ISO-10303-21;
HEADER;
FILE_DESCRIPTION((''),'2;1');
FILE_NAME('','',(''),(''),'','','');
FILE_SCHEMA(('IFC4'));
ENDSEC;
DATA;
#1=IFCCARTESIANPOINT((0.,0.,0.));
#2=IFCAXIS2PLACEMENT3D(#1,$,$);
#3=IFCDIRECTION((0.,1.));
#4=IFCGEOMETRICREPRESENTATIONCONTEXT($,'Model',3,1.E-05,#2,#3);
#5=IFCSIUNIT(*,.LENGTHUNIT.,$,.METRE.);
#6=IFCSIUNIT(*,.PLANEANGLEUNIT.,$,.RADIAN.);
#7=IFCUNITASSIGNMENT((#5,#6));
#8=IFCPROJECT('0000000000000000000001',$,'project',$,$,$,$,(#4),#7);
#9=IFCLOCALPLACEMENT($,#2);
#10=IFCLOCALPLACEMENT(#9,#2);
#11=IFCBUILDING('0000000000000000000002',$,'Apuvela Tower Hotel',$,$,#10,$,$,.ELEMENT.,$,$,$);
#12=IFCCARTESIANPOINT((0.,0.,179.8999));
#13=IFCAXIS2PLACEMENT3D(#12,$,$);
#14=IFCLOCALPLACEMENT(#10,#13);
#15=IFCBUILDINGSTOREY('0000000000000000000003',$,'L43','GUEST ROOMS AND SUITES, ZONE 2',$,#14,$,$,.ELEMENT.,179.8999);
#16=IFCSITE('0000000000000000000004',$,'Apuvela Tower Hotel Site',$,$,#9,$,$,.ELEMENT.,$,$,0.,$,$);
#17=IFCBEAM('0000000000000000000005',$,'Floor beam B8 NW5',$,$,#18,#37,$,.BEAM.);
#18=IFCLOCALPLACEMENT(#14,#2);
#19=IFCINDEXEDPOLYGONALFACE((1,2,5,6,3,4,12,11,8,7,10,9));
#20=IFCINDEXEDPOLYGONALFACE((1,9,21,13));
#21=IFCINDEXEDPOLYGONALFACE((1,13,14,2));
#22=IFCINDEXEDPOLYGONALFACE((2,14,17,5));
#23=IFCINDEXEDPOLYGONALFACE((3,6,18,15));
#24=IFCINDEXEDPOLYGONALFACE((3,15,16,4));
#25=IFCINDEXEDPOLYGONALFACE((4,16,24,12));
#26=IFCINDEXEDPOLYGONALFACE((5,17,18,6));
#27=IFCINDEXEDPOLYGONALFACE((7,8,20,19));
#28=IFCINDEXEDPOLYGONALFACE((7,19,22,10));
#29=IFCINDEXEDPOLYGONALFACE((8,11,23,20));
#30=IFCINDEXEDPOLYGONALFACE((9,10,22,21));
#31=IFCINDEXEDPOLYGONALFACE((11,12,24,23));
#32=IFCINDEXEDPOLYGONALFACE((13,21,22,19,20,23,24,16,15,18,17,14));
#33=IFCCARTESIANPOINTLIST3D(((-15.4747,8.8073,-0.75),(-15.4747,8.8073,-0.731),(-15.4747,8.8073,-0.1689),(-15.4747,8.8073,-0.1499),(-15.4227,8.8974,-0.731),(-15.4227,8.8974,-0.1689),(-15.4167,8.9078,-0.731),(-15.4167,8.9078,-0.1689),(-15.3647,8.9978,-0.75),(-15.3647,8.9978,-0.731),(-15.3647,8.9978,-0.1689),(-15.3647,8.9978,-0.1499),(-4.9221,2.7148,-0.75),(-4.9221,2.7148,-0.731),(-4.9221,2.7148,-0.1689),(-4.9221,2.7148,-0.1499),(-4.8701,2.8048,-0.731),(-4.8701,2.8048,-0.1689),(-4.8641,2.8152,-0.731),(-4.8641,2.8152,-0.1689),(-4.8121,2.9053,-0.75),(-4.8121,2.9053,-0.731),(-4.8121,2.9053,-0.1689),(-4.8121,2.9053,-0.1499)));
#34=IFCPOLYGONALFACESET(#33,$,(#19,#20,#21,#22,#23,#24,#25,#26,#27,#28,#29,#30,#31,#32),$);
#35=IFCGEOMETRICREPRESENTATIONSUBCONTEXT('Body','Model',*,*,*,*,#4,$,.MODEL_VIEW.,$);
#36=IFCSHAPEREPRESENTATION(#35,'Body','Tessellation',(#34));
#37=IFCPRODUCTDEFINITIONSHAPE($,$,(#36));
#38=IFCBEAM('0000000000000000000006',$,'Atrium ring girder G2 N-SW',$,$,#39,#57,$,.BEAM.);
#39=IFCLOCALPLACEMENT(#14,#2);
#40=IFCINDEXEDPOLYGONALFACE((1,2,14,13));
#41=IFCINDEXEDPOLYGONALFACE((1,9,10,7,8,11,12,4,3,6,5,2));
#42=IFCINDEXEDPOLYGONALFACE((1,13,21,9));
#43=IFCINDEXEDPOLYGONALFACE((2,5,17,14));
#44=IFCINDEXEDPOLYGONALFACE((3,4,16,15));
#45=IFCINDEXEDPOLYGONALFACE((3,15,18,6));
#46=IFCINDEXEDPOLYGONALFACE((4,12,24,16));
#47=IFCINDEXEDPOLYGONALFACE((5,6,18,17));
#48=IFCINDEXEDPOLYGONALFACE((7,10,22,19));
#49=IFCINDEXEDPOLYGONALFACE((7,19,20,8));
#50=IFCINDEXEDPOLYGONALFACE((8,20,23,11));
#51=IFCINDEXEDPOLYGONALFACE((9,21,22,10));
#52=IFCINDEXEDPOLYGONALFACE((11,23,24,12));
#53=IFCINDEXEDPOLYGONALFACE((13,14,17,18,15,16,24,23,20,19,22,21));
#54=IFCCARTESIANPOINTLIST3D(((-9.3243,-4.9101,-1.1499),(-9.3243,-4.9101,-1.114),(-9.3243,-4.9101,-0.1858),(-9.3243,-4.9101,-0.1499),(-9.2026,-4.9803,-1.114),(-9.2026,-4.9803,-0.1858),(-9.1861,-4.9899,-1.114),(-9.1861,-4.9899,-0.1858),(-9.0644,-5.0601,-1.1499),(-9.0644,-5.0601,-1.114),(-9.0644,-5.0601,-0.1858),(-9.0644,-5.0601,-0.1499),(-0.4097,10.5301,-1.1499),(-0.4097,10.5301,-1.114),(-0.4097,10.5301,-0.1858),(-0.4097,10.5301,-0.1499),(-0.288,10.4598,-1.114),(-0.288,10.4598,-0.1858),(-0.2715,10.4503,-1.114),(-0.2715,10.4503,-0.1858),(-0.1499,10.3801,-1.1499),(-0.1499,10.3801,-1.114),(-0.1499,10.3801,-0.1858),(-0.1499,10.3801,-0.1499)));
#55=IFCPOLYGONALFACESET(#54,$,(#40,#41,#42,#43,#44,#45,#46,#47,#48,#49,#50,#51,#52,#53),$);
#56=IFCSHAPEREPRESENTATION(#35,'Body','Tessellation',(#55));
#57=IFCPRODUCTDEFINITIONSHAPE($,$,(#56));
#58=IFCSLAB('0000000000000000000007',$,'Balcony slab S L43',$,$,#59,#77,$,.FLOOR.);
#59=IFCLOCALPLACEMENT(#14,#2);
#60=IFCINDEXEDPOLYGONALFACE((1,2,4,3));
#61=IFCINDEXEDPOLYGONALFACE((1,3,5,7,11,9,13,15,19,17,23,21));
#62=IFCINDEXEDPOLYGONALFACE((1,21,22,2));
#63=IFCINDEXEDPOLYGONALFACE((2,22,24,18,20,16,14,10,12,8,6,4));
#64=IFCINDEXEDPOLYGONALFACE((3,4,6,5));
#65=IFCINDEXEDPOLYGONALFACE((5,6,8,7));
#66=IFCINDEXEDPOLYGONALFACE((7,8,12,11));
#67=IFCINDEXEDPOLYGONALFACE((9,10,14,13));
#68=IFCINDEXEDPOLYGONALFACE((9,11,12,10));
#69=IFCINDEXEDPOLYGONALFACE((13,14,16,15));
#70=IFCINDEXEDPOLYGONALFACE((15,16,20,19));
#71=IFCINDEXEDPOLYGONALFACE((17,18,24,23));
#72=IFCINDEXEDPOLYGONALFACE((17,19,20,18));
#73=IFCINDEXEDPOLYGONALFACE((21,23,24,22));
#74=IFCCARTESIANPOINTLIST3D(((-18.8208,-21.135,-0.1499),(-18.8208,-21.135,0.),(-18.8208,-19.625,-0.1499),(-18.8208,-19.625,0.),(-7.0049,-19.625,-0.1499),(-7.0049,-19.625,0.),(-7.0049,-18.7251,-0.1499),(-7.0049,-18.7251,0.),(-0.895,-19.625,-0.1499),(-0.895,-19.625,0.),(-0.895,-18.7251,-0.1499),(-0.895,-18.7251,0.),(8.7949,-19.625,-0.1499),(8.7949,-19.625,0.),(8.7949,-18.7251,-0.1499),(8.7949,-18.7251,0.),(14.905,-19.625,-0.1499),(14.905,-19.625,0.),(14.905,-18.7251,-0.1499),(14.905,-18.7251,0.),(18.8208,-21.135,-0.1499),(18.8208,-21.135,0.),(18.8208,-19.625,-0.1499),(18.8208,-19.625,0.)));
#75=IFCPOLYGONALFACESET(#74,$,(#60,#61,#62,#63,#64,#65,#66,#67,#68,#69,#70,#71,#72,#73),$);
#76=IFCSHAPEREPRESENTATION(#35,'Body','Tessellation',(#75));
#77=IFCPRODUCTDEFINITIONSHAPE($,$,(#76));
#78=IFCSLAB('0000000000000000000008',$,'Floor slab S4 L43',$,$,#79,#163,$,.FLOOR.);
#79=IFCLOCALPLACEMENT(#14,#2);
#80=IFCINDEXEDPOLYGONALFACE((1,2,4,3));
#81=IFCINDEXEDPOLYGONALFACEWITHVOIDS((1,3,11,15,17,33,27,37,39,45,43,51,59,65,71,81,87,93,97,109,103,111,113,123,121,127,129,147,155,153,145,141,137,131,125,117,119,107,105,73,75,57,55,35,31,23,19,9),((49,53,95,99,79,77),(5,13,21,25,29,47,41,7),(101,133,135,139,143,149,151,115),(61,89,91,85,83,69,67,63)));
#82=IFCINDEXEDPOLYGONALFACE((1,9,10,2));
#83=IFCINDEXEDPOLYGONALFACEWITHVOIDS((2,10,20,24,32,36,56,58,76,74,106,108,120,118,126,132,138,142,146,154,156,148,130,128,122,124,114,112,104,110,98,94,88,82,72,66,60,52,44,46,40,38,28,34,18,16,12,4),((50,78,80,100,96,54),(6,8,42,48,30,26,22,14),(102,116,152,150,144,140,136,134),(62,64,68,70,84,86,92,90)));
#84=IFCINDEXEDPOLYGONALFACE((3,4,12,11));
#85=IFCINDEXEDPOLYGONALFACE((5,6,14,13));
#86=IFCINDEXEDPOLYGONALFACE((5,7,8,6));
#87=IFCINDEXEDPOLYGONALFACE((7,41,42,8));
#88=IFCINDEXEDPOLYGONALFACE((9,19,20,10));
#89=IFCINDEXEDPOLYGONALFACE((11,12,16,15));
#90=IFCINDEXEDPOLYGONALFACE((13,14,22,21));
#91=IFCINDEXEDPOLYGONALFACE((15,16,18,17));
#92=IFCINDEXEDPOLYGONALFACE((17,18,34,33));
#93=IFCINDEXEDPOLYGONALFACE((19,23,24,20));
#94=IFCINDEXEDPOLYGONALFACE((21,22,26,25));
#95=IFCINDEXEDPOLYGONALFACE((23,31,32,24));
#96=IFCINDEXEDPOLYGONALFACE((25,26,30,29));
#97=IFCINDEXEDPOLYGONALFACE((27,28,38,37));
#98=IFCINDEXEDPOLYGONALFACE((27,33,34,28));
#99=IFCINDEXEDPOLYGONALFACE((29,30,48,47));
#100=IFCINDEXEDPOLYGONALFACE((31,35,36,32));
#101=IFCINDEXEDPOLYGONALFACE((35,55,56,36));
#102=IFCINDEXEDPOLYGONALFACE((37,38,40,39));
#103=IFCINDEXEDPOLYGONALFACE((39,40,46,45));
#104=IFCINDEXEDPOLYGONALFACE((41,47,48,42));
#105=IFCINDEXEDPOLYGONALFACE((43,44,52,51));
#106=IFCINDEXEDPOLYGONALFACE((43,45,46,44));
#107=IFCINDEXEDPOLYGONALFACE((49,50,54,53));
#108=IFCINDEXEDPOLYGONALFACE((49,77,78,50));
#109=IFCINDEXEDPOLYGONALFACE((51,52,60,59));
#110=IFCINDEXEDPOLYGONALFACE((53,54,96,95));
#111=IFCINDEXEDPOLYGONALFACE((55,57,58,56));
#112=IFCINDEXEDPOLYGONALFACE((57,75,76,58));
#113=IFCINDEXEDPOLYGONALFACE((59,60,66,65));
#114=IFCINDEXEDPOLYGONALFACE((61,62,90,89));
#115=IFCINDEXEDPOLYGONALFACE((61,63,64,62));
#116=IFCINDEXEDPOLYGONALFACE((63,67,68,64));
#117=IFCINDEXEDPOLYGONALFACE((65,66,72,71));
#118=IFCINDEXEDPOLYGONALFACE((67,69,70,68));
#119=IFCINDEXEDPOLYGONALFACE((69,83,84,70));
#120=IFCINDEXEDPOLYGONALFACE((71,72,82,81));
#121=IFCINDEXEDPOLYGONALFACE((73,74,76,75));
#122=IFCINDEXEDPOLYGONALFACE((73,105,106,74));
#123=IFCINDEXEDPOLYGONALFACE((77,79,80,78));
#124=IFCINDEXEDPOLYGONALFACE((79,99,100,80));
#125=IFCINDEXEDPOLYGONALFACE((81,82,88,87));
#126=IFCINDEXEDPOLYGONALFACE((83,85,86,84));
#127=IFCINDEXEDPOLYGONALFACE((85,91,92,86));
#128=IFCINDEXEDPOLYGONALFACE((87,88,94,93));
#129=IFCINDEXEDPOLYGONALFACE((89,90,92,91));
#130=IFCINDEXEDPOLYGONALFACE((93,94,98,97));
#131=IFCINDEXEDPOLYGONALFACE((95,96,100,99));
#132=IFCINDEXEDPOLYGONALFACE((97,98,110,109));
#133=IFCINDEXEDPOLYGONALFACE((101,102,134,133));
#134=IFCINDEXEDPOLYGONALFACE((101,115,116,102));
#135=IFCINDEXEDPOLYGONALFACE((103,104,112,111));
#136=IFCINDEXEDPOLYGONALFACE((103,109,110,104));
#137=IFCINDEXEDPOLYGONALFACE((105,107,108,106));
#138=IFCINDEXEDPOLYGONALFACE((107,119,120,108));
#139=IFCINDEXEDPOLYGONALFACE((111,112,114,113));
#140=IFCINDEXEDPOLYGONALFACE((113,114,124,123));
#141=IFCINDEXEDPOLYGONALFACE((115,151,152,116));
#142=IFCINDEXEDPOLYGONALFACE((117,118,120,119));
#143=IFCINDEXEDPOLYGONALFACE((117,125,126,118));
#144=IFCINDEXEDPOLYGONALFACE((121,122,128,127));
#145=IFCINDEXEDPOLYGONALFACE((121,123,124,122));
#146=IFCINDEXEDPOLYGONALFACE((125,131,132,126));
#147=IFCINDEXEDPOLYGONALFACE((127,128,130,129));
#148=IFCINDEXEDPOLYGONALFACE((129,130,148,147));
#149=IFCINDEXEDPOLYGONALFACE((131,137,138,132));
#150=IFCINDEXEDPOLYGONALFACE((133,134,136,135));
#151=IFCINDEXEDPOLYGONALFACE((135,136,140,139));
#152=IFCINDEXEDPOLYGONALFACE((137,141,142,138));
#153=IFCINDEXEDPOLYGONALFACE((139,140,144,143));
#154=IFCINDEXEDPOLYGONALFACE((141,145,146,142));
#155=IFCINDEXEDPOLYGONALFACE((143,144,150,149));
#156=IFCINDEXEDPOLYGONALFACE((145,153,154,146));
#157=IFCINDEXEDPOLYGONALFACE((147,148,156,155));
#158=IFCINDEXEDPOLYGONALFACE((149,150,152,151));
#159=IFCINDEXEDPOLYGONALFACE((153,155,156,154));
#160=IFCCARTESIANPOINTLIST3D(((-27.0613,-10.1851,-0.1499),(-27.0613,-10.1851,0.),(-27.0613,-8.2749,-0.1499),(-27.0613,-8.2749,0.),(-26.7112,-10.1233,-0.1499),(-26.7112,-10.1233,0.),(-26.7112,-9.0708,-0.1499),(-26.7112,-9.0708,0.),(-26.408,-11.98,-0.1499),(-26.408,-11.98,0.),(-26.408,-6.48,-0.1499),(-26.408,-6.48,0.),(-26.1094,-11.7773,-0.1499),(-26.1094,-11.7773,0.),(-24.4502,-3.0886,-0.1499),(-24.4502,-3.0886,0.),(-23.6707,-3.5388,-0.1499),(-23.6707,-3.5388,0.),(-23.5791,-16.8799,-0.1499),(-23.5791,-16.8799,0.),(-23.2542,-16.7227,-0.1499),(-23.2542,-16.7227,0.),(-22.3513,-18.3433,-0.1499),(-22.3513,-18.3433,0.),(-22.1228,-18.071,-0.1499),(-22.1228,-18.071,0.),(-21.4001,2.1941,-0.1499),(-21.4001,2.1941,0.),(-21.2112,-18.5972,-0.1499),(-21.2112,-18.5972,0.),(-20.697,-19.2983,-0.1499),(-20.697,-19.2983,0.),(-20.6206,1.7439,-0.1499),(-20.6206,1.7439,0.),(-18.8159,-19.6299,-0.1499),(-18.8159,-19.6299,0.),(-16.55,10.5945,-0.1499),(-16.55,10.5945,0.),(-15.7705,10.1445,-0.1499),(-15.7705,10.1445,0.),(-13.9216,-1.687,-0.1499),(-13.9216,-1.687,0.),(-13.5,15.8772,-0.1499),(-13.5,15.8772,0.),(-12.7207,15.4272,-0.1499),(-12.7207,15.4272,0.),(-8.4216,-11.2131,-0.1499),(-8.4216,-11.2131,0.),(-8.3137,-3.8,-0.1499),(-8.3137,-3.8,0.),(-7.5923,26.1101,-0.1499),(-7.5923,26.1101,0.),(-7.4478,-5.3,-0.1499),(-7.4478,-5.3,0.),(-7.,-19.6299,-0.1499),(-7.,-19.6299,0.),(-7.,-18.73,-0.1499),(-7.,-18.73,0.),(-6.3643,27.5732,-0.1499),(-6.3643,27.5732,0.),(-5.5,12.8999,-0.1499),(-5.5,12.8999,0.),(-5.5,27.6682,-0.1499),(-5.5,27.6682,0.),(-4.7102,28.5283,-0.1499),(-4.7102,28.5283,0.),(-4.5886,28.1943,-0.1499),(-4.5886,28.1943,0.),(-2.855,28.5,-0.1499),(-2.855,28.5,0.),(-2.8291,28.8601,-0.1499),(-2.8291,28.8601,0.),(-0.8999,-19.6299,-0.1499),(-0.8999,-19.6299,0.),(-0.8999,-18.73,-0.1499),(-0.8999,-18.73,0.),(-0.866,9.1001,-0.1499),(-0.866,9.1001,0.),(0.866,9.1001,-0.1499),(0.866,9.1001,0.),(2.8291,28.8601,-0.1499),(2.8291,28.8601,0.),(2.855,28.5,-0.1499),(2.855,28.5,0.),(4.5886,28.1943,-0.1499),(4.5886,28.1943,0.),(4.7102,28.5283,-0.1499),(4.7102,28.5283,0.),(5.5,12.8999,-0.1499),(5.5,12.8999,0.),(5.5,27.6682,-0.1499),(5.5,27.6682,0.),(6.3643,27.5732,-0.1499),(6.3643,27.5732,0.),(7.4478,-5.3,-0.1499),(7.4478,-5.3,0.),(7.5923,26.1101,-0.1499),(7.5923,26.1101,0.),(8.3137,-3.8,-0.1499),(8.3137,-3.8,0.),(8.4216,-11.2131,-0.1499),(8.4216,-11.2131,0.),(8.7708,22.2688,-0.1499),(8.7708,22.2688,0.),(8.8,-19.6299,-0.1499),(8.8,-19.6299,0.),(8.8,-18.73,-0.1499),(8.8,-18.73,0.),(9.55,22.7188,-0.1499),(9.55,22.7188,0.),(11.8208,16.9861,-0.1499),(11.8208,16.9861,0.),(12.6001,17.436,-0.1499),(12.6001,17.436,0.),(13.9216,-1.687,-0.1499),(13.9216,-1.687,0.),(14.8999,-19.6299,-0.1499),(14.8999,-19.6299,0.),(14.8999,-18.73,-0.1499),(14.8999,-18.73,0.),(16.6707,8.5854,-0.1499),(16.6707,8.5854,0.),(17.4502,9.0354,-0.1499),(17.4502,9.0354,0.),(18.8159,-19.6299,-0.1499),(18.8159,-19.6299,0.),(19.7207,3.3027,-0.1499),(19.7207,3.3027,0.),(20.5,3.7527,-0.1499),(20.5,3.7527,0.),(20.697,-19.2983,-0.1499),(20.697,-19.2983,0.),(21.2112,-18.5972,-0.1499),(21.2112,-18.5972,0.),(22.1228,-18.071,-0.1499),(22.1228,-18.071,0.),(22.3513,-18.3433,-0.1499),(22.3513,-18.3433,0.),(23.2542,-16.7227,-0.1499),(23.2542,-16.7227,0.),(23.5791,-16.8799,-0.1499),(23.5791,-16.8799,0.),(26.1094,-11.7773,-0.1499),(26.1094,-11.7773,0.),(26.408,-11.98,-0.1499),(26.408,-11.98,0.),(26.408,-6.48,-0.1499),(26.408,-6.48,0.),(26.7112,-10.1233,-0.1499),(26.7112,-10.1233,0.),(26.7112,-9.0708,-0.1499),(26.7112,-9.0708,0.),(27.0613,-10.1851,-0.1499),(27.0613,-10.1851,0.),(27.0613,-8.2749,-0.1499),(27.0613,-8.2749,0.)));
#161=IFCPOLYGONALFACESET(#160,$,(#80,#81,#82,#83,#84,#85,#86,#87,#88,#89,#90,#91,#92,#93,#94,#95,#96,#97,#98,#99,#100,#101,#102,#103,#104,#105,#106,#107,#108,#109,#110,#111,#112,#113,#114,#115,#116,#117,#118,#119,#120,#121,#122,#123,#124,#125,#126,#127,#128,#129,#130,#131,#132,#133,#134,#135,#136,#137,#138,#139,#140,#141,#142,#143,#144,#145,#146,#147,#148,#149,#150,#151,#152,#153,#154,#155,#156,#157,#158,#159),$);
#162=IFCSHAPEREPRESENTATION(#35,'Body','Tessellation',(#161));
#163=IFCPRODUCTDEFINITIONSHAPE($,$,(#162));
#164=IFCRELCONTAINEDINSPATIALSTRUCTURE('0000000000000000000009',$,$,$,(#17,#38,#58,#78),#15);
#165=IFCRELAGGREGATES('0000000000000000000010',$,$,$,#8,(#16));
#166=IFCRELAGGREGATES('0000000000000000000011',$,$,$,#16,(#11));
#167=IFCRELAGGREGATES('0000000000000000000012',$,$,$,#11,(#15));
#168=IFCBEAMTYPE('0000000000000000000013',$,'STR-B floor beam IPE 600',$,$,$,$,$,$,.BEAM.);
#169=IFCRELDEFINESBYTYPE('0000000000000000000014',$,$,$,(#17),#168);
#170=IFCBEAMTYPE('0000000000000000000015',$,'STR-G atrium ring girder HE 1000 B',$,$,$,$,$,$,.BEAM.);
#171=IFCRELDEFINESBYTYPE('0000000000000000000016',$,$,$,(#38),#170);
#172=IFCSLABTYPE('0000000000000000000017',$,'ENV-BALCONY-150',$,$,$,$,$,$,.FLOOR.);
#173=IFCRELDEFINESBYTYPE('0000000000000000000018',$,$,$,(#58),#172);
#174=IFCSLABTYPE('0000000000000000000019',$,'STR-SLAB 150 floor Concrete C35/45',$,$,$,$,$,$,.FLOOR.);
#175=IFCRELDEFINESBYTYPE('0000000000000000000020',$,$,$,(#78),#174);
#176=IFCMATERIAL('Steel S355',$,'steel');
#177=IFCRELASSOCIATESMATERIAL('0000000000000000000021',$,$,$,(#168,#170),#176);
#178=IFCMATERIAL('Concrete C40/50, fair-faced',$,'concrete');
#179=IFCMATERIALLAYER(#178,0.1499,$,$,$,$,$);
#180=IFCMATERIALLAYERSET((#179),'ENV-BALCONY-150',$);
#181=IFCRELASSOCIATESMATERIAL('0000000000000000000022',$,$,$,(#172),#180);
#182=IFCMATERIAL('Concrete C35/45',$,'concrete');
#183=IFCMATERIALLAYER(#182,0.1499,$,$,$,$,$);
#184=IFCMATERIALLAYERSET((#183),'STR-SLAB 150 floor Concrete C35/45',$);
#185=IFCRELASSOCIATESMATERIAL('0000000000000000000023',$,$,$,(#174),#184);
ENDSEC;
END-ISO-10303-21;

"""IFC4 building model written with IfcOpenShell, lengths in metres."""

from ifc_helpers import new_model, si_unit, direction, frame, origin, origin_2d, place, context, subcontext, project, spatial, polyline, i_section, outline, extrude, material, layer, layer_set, material_profile, profile_set, type_object, element, save


model = new_model("IFC4")

# Units and contexts
model_context = context("Model", 3, precision=1e-05, world=origin(), true_north=direction((0.0, 1.0)))
body_context = subcontext(model_context, "Body", "Model", "MODEL_VIEW")
ifc_project = project(units=[si_unit("LENGTHUNIT", "METRE"), si_unit("PLANEANGLEUNIT", "RADIAN")], contexts=[model_context])

# Site, building, storey
site_placement = place(None, origin())
site = spatial("IfcSite", under=ifc_project, at=site_placement, Name="Apuvela Tower Hotel Site", CompositionType="ELEMENT", RefElevation=0.0)
building_placement = place(site_placement, origin())
building = spatial("IfcBuilding", under=site, at=building_placement, Name="Apuvela Tower Hotel", CompositionType="ELEMENT")
storey_placement = place(building_placement, frame((0.0, 0.0, 179.8999)))
storey = spatial("IfcBuildingStorey", under=building, at=storey_placement, Name="L43", Description="GUEST ROOMS AND SUITES, ZONE 2", CompositionType="ELEMENT", Elevation=179.8999)

# Beams
ifc_material_1 = material(Name="Steel S355", Category="steel")
ifc_material_profile_1 = material_profile(ifc_material_1, i_section(OverallWidth=0.22, OverallDepth=0.6001, WebThickness=0.012, FlangeThickness=0.019, at=origin_2d()), Name="IPE 600")
ifc_profile_set_1 = profile_set([ifc_material_profile_1], Name="Steel S355")
beam_type_1 = type_object("IfcBeamType", Name="STR-B floor beam IPE 600", PredefinedType="BEAM", material=ifc_profile_set_1)
beam_1_placement = place(storey_placement, frame((-15.4197, 8.9026, -0.45), z_axis=(0.866024, -0.500003, 0.0), x_axis=(0.500003, 0.866024, 0.0)))
element("IfcBeam", 1, at=beam_1_placement, inside=storey, type_object=beam_type_1, Name="Floor beam B8 NW5", PredefinedType="BEAM", context=body_context, shape_type="SweptSolid", body=[
    extrude(i_section(OverallWidth=0.22, OverallDepth=0.6001, WebThickness=0.012, FlangeThickness=0.019, at=origin_2d()), origin(), (0.0, 0.0, 1.0), 12.1851),
])
ifc_material_profile_2 = material_profile(ifc_material_1, i_section(OverallWidth=0.3, OverallDepth=1.0, WebThickness=0.019, FlangeThickness=0.0359, at=origin_2d()), Name="HE 1000 B")
ifc_profile_set_2 = profile_set([ifc_material_profile_2], Name="Steel S355")
beam_type_2 = type_object("IfcBeamType", Name="STR-G atrium ring girder HE 1000 B", PredefinedType="BEAM", material=ifc_profile_set_2)
beam_2_placement = place(storey_placement, frame((-0.2798, 10.4551, -0.6499), z_axis=(-0.500007, -0.866022, 0.0), x_axis=(0.866022, -0.500007, 0.0)))
element("IfcBeam", 2, at=beam_2_placement, inside=storey, type_object=beam_type_2, Name="Atrium ring girder G2 N-SW", PredefinedType="BEAM", context=body_context, shape_type="SweptSolid", body=[
    extrude(i_section(OverallWidth=0.3, OverallDepth=1.0, WebThickness=0.019, FlangeThickness=0.0359, at=origin_2d()), origin(), (0.0, 0.0, 1.0), 17.8289),
])

# Slabs
ifc_material_2 = material(Name="Concrete C40/50, fair-faced", Category="concrete")
ifc_layer_1 = layer(ifc_material_2, 0.1499)
ifc_layer_set_1 = layer_set([ifc_layer_1], Name="ENV-BALCONY-150")
slab_type_1 = type_object("IfcSlabType", Name="ENV-BALCONY-150", PredefinedType="FLOOR", material=ifc_layer_set_1)
slab_1_placement = place(storey_placement, frame((0.0, 0.0, -0.1499)))
element("IfcSlab", 3, at=slab_1_placement, inside=storey, type_object=slab_type_1, Name="Balcony slab S L43", PredefinedType="FLOOR", context=body_context, shape_type="SweptSolid", body=[
    extrude(outline(polyline([(18.8208, -21.135), (-18.8208, -21.135), (-18.8208, -19.625), (-7.0049, -19.625), (-7.0049, -18.7251), (-0.895, -18.7251), (-0.895, -19.625), (8.7949, -19.625), (8.7949, -18.7251), (14.905, -18.7251), (14.905, -19.625), (18.8208, -19.625), (18.8208, -21.135)])), origin(), (0.0, 0.0, 1.0), 0.1499),
])
ifc_material_3 = material(Name="Concrete C35/45", Category="concrete")
ifc_layer_2 = layer(ifc_material_3, 0.1499)
ifc_layer_set_2 = layer_set([ifc_layer_2], Name="STR-SLAB 150 floor Concrete C35/45")
slab_type_2 = type_object("IfcSlabType", Name="STR-SLAB 150 floor Concrete C35/45", PredefinedType="FLOOR", material=ifc_layer_set_2)
slab_2_placement = place(storey_placement, frame((0.0, 0.0, -0.1499)))
element("IfcSlab", 4, at=slab_2_placement, inside=storey, type_object=slab_type_2, Name="Floor slab S4 L43", PredefinedType="FLOOR", context=body_context, shape_type="SweptSolid", body=[
    extrude(outline(polyline([(-6.3643, 27.5732), (-4.7102, 28.5283), (-2.8291, 28.8601), (2.8291, 28.8601), (4.7102, 28.5283), (6.3643, 27.5732), (7.5923, 26.1101), (9.55, 22.7188), (8.7708, 22.2688), (11.8208, 16.9861), (12.6001, 17.436), (17.4502, 9.0354), (16.6707, 8.5854), (19.7207, 3.3027), (20.5, 3.7527), (26.408, -6.48), (27.0613, -8.2749), (27.0613, -10.1851), (26.408, -11.98), (23.5791, -16.8799), (22.3513, -18.3433), (20.697, -19.2983), (18.8159, -19.6299), (14.8999, -19.6299), (14.8999, -18.73), (8.8, -18.73), (8.8, -19.6299), (-0.8999, -19.6299), (-0.8999, -18.73), (-7.0, -18.73), (-7.0, -19.6299), (-18.8159, -19.6299), (-20.697, -19.2983), (-22.3513, -18.3433), (-23.5791, -16.8799), (-26.408, -11.98), (-27.0613, -10.1851), (-27.0613, -8.2749), (-26.408, -6.48), (-24.4502, -3.0886), (-23.6707, -3.5388), (-20.6206, 1.7439), (-21.4001, 2.1941), (-16.55, 10.5945), (-15.7705, 10.1445), (-12.7207, 15.4272), (-13.5, 15.8772), (-7.5923, 26.1101), (-6.3643, 27.5732)]), holes=[polyline([(0.866, 9.1001), (-0.866, 9.1001), (-8.3137, -3.8), (-7.4478, -5.3), (7.4478, -5.3), (8.3137, -3.8), (0.866, 9.1001)]), polyline([(-5.5, 12.8999), (-5.5, 27.6682), (-4.5886, 28.1943), (-2.855, 28.5), (2.855, 28.5), (4.5886, 28.1943), (5.5, 27.6682), (5.5, 12.8999), (-5.5, 12.8999)]), polyline([(-8.4216, -11.2131), (-21.2112, -18.5972), (-22.1228, -18.071), (-23.2542, -16.7227), (-26.1094, -11.7773), (-26.7112, -10.1233), (-26.7112, -9.0708), (-13.9216, -1.687), (-8.4216, -11.2131)]), polyline([(13.9216, -1.687), (26.7112, -9.0708), (26.7112, -10.1233), (26.1094, -11.7773), (23.2542, -16.7227), (22.1228, -18.071), (21.2112, -18.5972), (8.4216, -11.2131), (13.9216, -1.687)])]), origin(), (0.0, 0.0, 1.0), 0.1499),
])

save(model, "model.ifc")
